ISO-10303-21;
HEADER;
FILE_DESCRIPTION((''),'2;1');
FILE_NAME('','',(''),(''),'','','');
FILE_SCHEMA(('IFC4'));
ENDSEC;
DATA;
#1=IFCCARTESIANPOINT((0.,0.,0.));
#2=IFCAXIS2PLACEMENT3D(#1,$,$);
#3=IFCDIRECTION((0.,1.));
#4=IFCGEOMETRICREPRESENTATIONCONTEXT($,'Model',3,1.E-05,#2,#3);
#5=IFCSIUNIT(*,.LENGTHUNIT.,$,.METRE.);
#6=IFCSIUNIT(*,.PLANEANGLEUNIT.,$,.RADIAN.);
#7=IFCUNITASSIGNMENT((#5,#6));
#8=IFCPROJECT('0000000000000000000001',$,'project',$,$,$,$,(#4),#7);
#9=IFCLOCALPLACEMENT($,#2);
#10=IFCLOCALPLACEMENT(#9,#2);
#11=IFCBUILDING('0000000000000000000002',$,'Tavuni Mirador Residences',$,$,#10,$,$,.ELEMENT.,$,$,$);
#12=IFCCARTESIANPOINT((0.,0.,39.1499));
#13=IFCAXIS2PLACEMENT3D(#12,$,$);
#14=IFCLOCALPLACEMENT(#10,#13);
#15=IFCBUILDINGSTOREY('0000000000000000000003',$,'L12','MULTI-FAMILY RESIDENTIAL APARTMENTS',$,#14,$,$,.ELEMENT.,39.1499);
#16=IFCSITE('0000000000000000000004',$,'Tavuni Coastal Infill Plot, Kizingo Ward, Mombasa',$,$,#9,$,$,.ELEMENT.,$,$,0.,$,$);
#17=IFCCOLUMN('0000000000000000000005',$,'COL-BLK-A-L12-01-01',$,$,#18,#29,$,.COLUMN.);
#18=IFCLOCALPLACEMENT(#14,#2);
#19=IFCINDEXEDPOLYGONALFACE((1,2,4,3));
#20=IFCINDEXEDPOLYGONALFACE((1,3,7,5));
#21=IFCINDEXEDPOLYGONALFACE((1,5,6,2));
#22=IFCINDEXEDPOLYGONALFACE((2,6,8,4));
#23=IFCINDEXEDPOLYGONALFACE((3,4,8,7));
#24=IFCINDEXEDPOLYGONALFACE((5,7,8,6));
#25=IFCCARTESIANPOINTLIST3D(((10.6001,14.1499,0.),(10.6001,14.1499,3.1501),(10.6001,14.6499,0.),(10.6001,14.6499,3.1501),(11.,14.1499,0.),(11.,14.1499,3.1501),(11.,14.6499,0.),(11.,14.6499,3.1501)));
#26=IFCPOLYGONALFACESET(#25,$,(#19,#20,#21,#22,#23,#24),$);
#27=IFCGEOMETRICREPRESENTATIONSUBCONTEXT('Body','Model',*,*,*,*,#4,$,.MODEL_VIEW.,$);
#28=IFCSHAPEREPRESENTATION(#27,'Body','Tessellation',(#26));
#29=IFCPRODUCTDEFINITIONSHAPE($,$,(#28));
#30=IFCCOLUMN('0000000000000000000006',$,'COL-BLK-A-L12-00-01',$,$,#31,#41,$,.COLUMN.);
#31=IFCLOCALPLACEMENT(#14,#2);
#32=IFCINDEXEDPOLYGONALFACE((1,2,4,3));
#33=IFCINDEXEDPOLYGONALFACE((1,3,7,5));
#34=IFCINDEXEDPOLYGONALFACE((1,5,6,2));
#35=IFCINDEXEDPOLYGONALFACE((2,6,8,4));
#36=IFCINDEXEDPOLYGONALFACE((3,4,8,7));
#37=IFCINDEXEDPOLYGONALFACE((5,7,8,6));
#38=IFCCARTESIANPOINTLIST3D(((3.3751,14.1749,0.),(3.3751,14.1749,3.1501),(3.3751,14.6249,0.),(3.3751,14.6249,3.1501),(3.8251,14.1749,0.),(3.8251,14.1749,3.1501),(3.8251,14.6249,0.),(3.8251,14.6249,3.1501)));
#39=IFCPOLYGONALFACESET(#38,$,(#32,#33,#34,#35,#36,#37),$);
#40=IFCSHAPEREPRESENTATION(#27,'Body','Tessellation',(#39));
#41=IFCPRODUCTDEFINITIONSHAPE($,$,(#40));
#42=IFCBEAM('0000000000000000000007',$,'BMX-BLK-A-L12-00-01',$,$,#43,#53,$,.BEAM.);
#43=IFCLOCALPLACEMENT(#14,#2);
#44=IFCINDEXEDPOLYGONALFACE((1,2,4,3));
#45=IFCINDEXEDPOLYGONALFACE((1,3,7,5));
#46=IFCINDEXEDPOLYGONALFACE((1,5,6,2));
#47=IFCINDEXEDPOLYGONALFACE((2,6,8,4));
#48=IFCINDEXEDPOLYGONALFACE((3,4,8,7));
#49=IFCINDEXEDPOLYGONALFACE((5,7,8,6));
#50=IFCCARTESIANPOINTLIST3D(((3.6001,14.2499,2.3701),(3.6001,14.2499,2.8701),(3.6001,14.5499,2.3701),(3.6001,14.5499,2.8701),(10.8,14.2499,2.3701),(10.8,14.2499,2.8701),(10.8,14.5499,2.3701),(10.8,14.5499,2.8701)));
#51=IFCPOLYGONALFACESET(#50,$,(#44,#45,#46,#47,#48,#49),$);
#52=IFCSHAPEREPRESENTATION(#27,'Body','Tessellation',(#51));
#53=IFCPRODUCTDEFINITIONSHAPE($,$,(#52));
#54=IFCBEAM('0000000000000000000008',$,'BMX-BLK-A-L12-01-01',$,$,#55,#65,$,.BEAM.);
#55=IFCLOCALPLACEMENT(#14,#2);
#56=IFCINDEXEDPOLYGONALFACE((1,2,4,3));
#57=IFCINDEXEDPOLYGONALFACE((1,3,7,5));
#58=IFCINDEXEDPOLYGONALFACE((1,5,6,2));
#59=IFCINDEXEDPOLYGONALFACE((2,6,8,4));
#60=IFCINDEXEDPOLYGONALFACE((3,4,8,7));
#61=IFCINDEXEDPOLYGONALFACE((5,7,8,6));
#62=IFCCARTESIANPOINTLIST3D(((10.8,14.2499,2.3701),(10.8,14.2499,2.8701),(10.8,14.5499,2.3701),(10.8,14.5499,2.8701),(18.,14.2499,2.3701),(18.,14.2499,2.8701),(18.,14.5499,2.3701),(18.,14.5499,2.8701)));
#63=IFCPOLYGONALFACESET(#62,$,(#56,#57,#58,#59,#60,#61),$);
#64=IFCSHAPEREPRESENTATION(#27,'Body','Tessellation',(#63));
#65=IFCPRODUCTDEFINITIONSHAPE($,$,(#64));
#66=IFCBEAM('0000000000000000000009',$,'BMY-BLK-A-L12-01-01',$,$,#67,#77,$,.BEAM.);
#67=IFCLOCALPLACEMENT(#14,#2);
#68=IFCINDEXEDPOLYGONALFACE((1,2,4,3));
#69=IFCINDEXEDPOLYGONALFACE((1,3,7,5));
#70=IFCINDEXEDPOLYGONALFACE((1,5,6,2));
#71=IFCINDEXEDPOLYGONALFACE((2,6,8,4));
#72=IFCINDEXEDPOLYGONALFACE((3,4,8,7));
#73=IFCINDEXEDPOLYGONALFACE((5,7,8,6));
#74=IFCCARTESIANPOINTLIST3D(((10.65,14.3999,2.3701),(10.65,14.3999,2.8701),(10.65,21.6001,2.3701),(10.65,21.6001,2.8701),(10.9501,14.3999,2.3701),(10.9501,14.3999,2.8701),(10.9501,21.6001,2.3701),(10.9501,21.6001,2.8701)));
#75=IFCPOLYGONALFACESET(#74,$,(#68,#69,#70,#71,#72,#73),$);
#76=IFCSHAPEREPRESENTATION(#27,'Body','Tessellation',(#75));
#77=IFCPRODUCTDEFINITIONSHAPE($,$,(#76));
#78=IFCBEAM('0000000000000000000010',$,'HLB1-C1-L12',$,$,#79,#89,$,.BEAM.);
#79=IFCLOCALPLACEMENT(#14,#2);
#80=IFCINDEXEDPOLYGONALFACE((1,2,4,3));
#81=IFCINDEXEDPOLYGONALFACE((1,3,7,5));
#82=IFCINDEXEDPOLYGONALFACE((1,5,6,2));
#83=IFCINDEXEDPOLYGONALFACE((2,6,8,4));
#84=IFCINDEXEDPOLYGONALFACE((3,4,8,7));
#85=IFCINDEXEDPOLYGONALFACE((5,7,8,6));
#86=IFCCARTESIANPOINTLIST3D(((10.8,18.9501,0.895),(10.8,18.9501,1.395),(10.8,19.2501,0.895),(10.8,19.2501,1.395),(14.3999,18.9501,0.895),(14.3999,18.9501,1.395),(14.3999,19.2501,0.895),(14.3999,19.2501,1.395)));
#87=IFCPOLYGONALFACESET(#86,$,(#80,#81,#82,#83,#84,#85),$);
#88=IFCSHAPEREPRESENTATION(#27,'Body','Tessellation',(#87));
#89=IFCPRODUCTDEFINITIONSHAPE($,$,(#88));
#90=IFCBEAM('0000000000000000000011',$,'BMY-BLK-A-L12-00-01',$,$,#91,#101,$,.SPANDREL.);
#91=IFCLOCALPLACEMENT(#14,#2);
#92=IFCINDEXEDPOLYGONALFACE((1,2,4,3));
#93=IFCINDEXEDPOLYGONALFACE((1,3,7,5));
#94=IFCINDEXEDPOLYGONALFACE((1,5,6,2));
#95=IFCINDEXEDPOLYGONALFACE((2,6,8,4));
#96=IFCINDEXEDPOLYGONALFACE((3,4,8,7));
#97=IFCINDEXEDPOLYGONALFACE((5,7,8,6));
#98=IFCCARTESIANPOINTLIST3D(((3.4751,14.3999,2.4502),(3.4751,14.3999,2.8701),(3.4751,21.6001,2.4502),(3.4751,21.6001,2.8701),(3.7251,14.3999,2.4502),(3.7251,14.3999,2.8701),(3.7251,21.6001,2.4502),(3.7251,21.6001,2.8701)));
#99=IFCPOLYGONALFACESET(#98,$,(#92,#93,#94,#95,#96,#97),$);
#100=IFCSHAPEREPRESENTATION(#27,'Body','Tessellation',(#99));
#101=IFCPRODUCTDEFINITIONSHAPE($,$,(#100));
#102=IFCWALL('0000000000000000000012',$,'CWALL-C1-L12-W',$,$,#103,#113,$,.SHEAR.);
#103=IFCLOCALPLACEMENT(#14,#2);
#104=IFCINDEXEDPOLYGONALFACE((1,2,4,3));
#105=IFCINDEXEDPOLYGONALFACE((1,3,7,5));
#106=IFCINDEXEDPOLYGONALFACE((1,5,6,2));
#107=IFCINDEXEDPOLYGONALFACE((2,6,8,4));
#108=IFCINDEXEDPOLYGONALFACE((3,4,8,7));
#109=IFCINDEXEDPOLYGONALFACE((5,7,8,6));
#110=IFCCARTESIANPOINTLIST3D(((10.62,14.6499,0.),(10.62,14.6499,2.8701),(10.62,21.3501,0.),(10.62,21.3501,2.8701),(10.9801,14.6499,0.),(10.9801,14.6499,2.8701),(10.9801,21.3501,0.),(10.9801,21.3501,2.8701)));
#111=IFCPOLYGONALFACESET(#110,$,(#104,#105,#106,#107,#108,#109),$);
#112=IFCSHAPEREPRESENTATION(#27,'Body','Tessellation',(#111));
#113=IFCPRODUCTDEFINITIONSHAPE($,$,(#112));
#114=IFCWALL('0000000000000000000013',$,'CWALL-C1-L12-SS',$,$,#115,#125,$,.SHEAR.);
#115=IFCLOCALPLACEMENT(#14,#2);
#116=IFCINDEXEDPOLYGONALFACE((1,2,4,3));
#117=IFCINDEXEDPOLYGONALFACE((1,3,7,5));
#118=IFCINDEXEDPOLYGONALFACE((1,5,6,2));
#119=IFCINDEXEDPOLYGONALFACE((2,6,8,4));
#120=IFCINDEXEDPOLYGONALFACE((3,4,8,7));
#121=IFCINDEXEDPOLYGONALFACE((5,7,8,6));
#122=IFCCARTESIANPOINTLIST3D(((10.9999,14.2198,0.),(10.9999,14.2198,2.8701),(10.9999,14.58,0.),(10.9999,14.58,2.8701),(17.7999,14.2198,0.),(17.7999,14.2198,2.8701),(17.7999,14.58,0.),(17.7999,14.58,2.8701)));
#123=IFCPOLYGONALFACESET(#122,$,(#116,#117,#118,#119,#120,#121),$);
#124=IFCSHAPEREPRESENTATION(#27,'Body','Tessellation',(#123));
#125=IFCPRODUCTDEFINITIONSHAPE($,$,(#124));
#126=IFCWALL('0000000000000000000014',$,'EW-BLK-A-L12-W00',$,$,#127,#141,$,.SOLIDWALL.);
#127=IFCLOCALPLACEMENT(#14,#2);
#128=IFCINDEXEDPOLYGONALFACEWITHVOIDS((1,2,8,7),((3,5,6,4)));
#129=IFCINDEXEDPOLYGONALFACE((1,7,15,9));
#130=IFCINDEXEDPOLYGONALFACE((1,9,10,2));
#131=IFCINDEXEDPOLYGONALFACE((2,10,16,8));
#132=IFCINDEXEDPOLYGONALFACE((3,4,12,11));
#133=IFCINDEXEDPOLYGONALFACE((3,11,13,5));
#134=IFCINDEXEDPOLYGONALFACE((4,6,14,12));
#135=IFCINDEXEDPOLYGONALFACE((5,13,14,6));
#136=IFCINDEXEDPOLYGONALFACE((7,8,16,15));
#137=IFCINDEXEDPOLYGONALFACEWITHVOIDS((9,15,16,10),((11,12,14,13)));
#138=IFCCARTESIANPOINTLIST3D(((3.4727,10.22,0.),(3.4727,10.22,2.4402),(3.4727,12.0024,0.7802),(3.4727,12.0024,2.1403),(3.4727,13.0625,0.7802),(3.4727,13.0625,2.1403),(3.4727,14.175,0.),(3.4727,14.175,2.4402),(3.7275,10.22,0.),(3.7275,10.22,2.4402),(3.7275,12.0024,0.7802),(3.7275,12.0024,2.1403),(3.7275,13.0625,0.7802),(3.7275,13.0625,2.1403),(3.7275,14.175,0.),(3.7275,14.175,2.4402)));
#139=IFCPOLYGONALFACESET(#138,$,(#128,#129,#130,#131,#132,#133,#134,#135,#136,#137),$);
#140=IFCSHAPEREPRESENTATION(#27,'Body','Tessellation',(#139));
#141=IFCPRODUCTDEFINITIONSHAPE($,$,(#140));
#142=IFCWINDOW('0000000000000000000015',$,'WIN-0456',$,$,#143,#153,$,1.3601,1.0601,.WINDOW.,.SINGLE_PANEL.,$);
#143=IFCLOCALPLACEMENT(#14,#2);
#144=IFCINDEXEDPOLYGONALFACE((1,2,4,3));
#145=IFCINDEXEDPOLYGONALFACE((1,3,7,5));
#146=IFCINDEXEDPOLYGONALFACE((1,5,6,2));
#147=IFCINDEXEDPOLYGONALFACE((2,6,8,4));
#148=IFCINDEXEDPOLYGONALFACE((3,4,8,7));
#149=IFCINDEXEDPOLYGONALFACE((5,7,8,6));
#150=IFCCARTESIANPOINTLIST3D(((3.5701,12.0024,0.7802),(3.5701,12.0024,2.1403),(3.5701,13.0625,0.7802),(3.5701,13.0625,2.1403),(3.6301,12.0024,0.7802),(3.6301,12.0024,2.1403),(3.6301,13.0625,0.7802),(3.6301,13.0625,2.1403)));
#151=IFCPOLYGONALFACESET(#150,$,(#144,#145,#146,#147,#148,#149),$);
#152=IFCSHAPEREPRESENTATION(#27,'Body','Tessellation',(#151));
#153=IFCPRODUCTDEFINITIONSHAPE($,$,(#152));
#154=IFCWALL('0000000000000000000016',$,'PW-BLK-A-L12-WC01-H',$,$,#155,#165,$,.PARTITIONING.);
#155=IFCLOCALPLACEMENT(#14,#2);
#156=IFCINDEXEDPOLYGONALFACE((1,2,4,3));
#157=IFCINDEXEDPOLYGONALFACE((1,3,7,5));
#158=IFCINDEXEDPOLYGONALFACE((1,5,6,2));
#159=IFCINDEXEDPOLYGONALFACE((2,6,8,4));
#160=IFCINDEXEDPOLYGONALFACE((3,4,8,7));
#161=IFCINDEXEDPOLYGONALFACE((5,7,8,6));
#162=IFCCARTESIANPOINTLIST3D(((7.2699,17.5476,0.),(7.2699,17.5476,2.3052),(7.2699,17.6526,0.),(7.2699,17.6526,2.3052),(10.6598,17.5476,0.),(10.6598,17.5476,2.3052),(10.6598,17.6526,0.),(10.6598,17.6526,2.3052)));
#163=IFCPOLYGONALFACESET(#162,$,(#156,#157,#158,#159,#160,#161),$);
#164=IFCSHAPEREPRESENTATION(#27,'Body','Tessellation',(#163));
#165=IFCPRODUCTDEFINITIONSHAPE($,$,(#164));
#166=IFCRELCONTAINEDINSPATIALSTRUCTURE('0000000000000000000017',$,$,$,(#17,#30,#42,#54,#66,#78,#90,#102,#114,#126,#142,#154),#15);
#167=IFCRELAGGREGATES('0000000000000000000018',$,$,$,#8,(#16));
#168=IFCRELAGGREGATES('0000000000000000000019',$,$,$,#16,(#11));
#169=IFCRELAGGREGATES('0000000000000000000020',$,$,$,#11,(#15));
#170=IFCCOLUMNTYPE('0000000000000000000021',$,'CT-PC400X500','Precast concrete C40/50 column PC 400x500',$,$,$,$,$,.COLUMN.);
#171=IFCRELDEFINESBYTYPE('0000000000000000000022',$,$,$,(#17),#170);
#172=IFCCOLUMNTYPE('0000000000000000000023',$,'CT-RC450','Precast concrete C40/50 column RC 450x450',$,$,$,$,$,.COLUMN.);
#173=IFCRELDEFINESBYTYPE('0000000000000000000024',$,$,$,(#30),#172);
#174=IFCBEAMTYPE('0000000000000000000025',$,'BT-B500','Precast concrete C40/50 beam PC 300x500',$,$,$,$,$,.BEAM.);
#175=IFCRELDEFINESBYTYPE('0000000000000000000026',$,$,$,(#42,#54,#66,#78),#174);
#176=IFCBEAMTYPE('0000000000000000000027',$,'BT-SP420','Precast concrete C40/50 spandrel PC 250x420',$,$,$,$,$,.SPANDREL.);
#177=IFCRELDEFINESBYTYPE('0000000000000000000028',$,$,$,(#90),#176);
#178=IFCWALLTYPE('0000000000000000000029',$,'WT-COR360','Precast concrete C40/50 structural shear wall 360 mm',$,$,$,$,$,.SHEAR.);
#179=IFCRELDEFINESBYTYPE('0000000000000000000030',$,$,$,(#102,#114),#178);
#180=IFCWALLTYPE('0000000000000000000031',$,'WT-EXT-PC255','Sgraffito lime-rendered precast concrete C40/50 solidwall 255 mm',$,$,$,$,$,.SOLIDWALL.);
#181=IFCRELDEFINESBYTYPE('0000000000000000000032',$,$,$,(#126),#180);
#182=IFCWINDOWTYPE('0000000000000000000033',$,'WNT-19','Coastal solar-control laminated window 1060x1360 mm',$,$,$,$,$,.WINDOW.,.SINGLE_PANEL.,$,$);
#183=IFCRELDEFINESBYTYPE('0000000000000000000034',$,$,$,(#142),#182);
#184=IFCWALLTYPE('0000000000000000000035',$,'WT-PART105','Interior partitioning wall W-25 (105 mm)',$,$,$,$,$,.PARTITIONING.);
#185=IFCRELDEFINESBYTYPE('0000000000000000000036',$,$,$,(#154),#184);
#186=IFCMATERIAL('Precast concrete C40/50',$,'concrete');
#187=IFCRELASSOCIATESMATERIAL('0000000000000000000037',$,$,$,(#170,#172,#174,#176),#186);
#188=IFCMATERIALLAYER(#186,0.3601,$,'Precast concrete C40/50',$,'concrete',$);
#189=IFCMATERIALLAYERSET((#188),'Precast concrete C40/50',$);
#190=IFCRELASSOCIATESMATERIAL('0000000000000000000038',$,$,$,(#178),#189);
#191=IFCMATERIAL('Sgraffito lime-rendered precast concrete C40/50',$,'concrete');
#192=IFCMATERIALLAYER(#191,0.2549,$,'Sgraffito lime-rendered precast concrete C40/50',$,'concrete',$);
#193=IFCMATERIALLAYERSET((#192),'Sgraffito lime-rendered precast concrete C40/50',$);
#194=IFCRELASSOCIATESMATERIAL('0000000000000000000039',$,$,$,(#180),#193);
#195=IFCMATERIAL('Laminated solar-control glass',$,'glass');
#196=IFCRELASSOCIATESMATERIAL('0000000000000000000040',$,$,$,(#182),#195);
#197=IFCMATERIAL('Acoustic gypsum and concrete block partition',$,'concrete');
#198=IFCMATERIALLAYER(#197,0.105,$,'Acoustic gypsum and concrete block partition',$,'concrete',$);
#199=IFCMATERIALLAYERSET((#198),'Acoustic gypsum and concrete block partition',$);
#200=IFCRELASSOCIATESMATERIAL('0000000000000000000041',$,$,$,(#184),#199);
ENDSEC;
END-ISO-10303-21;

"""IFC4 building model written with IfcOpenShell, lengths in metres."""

from ifc_helpers import new_model, si_unit, direction, frame, frame_2d, origin, origin_2d, place, context, subcontext, project, spatial, rectangle, extrude, material, layer, layer_set, material_profile, profile_set, type_object, element, fill, save


model = new_model("IFC4")

# Units and contexts
model_context = context("Model", 3, precision=1e-05, world=origin(), true_north=direction((0.0, 1.0)))
body_context = subcontext(model_context, "Body", "Model", "MODEL_VIEW")
ifc_project = project(units=[si_unit("LENGTHUNIT", "METRE"), si_unit("PLANEANGLEUNIT", "RADIAN")], contexts=[model_context])

# Site, building, storey
site_placement = place(None, origin())
site = spatial("IfcSite", under=ifc_project, at=site_placement, Name="Tavuni Coastal Infill Plot, Kizingo Ward, Mombasa", CompositionType="ELEMENT", RefElevation=0.0)
building_placement = place(site_placement, origin())
building = spatial("IfcBuilding", under=site, at=building_placement, Name="Tavuni Mirador Residences", CompositionType="ELEMENT")
storey_placement = place(building_placement, frame((0.0, 0.0, 39.1499)))
storey = spatial("IfcBuildingStorey", under=building, at=storey_placement, Name="L12", Description="MULTI-FAMILY RESIDENTIAL APARTMENTS", CompositionType="ELEMENT", Elevation=39.1499)

# Columns
ifc_material_1 = material(Name="Precast concrete C40/50", Category="concrete")
ifc_material_profile_1 = material_profile(ifc_material_1, rectangle(XDim=0.3999, YDim=0.5, at=origin_2d()), Name="PC 400x500", Category="concrete")
ifc_profile_set_1 = profile_set([ifc_material_profile_1], Name="Precast concrete C40/50")
column_type_1 = type_object("IfcColumnType", Name="CT-PC400X500", Description="Precast concrete C40/50 column PC 400x500", PredefinedType="COLUMN", material=ifc_profile_set_1)
column_1_placement = place(storey_placement, frame((10.8, 14.3999, 0.0), z_axis=(0.0, 0.0, 1.0), x_axis=(1.0, 0.0, 0.0)))
element("IfcColumn", 1, at=column_1_placement, inside=storey, type_object=column_type_1, Name="COL-BLK-A-L12-01-01", PredefinedType="COLUMN", context=body_context, shape_type="SweptSolid", body=[
    extrude(rectangle(XDim=0.3999, YDim=0.5, at=origin_2d()), origin(), (0.0, 0.0, 1.0), 3.1501),
])
ifc_material_profile_2 = material_profile(ifc_material_1, rectangle(XDim=0.45, YDim=0.45, at=origin_2d()), Name="RC 450x450", Category="concrete")
ifc_profile_set_2 = profile_set([ifc_material_profile_2], Name="Precast concrete C40/50")
column_type_2 = type_object("IfcColumnType", Name="CT-RC450", Description="Precast concrete C40/50 column RC 450x450", PredefinedType="COLUMN", material=ifc_profile_set_2)
column_2_placement = place(storey_placement, frame((3.6001, 14.3999, 0.0), z_axis=(0.0, 0.0, 1.0), x_axis=(1.0, 0.0, 0.0)))
element("IfcColumn", 2, at=column_2_placement, inside=storey, type_object=column_type_2, Name="COL-BLK-A-L12-00-01", PredefinedType="COLUMN", context=body_context, shape_type="SweptSolid", body=[
    extrude(rectangle(XDim=0.45, YDim=0.45, at=origin_2d()), origin(), (0.0, 0.0, 1.0), 3.1501),
])

# Beams
ifc_material_profile_3 = material_profile(ifc_material_1, rectangle(XDim=0.3, YDim=0.5, at=origin_2d()), Name="PC 300x500", Category="concrete")
ifc_profile_set_3 = profile_set([ifc_material_profile_3], Name="Precast concrete C40/50")
beam_type_1 = type_object("IfcBeamType", Name="BT-B500", Description="Precast concrete C40/50 beam PC 300x500", PredefinedType="BEAM", material=ifc_profile_set_3)
for number, where, z_axis, x_axis, name in (
    (3, (3.6001, 14.3999, 2.6201), (1.0, 0.0, 0.0), (0.0, 1.0, 0.0), "BMX-BLK-A-L12-00-01"),
    (4, (10.8, 14.3999, 2.6201), (1.0, 0.0, 0.0), (0.0, 1.0, 0.0), "BMX-BLK-A-L12-01-01"),
):
    element("IfcBeam", number, at=place(storey_placement, frame(where, z_axis=z_axis, x_axis=x_axis)), inside=storey, type_object=beam_type_1, Name=name, PredefinedType="BEAM", context=body_context, shape_type="SweptSolid", body=[
        extrude(rectangle(XDim=0.3, YDim=0.5, at=origin_2d()), origin(), (0.0, 0.0, 1.0), 7.2),
    ])
beam_1_placement = place(storey_placement, frame((10.8, 14.3999, 2.6201), z_axis=(0.0, 1.0, 0.0), x_axis=(-1.0, 0.0, 0.0)))
element("IfcBeam", 5, at=beam_1_placement, inside=storey, type_object=beam_type_1, Name="BMY-BLK-A-L12-01-01", PredefinedType="BEAM", context=body_context, shape_type="SweptSolid", body=[
    extrude(rectangle(XDim=0.3, YDim=0.5, at=origin_2d()), origin(), (0.0, 0.0, 1.0), 7.2002),
])
beam_2_placement = place(storey_placement, frame((10.8, 19.1001, 1.145), z_axis=(1.0, 0.0, 0.0), x_axis=(0.0, 1.0, 0.0)))
element("IfcBeam", 6, at=beam_2_placement, inside=storey, type_object=beam_type_1, Name="HLB1-C1-L12", PredefinedType="BEAM", context=body_context, shape_type="SweptSolid", body=[
    extrude(rectangle(XDim=0.3, YDim=0.5, at=origin_2d()), origin(), (0.0, 0.0, 1.0), 3.5999),
])
ifc_material_profile_4 = material_profile(ifc_material_1, rectangle(XDim=0.25, YDim=0.4199, at=origin_2d()), Name="PC 250x420", Category="concrete")
ifc_profile_set_4 = profile_set([ifc_material_profile_4], Name="Precast concrete C40/50")
beam_type_2 = type_object("IfcBeamType", Name="BT-SP420", Description="Precast concrete C40/50 spandrel PC 250x420", PredefinedType="SPANDREL", material=ifc_profile_set_4)
beam_3_placement = place(storey_placement, frame((3.6001, 14.3999, 2.6602), z_axis=(0.0, 1.0, 0.0), x_axis=(-1.0, 0.0, 0.0)))
element("IfcBeam", 7, at=beam_3_placement, inside=storey, type_object=beam_type_2, Name="BMY-BLK-A-L12-00-01", PredefinedType="SPANDREL", context=body_context, shape_type="SweptSolid", body=[
    extrude(rectangle(XDim=0.25, YDim=0.4199, at=origin_2d()), origin(), (0.0, 0.0, 1.0), 7.2002),
])

# Walls
ifc_layer_1 = layer(ifc_material_1, 0.3601, Name="Precast concrete C40/50", Category="concrete")
ifc_layer_set_1 = layer_set([ifc_layer_1], Name="Precast concrete C40/50")
wall_type_1 = type_object("IfcWallType", Name="WT-COR360", Description="Precast concrete C40/50 structural shear wall 360 mm", PredefinedType="SHEAR", material=ifc_layer_set_1)
wall_1_placement = place(storey_placement, frame((10.8, 14.6499, 0.0), z_axis=(0.0, 0.0, 1.0), x_axis=(0.0, 1.0, 0.0)))
element("IfcWall", 8, at=wall_1_placement, inside=storey, type_object=wall_type_1, Name="CWALL-C1-L12-W", PredefinedType="SHEAR", context=body_context, shape_type="SweptSolid", body=[
    extrude(rectangle(XDim=6.7002, YDim=0.3601, at=frame_2d((3.3501, 0.0))), origin(), (0.0, 0.0, 1.0), 2.8701),
])
wall_2_placement = place(storey_placement, frame((11.0, 14.3999, 0.0), z_axis=(0.0, 0.0, 1.0), x_axis=(1.0, 0.0, 0.0)))
element("IfcWall", 9, at=wall_2_placement, inside=storey, type_object=wall_type_1, Name="CWALL-C1-L12-SS", PredefinedType="SHEAR", context=body_context, shape_type="SweptSolid", body=[
    extrude(rectangle(XDim=6.8, YDim=0.3601, at=frame_2d((3.3999, 0.0))), origin(), (0.0, 0.0, 1.0), 2.8701),
])

# Wall, opening, window
ifc_material_2 = material(Name="Sgraffito lime-rendered precast concrete C40/50", Category="concrete")
ifc_layer_2 = layer(ifc_material_2, 0.2549, Name="Sgraffito lime-rendered precast concrete C40/50", Category="concrete")
ifc_layer_set_2 = layer_set([ifc_layer_2], Name="Sgraffito lime-rendered precast concrete C40/50")
wall_type_2 = type_object("IfcWallType", Name="WT-EXT-PC255", Description="Sgraffito lime-rendered precast concrete C40/50 solidwall 255 mm", PredefinedType="SOLIDWALL", material=ifc_layer_set_2)
wall_3_placement = place(storey_placement, frame((3.6001, 14.175, 0.0), z_axis=(0.0, 0.0, 1.0), x_axis=(0.0, -1.0, 0.0)))
wall_3 = element("IfcWall", 10, at=wall_3_placement, inside=storey, type_object=wall_type_2, Name="EW-BLK-A-L12-W00", PredefinedType="SOLIDWALL", context=body_context, shape_type="SweptSolid", body=[
    extrude(rectangle(XDim=3.9551, YDim=0.2549, at=frame_2d((1.9775, 0.0))), origin(), (0.0, 0.0, 1.0), 2.4402),
])
opening_1_placement = place(wall_3_placement, frame((1.1125, 0.0, 0.78)))
opening_1 = element("IfcOpeningElement", 11, at=opening_1_placement, cuts=wall_3, PredefinedType="OPENING", context=body_context, shape_type="SweptSolid", body=[
    extrude(rectangle(XDim=1.0601, YDim=1.3601, at=frame_2d((0.53, 0.6802))), frame((0.0, 0.1375, 0.0), z_axis=(0.0, -1.0, 0.0), x_axis=(1.0, 0.0, 0.0)), (0.0, 0.0, 1.0), 0.2749),
])
ifc_material_3 = material(Name="Laminated solar-control glass", Category="glass")
window_type = type_object("IfcWindowType", Name="WNT-19", Description="Coastal solar-control laminated window 1060x1360 mm", PartitioningType="SINGLE_PANEL", PredefinedType="WINDOW", material=ifc_material_3)
window_placement = place(opening_1_placement, origin())
window = element("IfcWindow", 12, at=window_placement, inside=storey, type_object=window_type, Name="WIN-0456", OverallHeight=1.3601, OverallWidth=1.0601, PartitioningType="SINGLE_PANEL", PredefinedType="WINDOW", context=body_context, shape_type="SweptSolid", body=[
    extrude(rectangle(XDim=1.0601, YDim=1.3601, at=frame_2d((0.53, 0.6802))), frame((0.0, 0.03, 0.0), z_axis=(0.0, -1.0, 0.0), x_axis=(1.0, 0.0, 0.0)), (0.0, 0.0, 1.0), 0.0601),
])
fill(opening_1, window)

# Wall
ifc_material_4 = material(Name="Acoustic gypsum and concrete block partition", Category="concrete")
ifc_layer_3 = layer(ifc_material_4, 0.105, Name="Acoustic gypsum and concrete block partition", Category="concrete")
ifc_layer_set_3 = layer_set([ifc_layer_3], Name="Acoustic gypsum and concrete block partition")
wall_type_3 = type_object("IfcWallType", Name="WT-PART105", Description="Interior partitioning wall W-25 (105 mm)", PredefinedType="PARTITIONING", material=ifc_layer_set_3)
wall_4_placement = place(storey_placement, frame((7.27, 17.6001, 0.0), z_axis=(0.0, 0.0, 1.0), x_axis=(1.0, 0.0, 0.0)))
element("IfcWall", 13, at=wall_4_placement, inside=storey, type_object=wall_type_3, Name="PW-BLK-A-L12-WC01-H", PredefinedType="PARTITIONING", context=body_context, shape_type="SweptSolid", body=[
    extrude(rectangle(XDim=3.3899, YDim=0.105, at=frame_2d((1.6948, 0.0))), origin(), (0.0, 0.0, 1.0), 2.3052),
])

save(model, "model.ifc")
